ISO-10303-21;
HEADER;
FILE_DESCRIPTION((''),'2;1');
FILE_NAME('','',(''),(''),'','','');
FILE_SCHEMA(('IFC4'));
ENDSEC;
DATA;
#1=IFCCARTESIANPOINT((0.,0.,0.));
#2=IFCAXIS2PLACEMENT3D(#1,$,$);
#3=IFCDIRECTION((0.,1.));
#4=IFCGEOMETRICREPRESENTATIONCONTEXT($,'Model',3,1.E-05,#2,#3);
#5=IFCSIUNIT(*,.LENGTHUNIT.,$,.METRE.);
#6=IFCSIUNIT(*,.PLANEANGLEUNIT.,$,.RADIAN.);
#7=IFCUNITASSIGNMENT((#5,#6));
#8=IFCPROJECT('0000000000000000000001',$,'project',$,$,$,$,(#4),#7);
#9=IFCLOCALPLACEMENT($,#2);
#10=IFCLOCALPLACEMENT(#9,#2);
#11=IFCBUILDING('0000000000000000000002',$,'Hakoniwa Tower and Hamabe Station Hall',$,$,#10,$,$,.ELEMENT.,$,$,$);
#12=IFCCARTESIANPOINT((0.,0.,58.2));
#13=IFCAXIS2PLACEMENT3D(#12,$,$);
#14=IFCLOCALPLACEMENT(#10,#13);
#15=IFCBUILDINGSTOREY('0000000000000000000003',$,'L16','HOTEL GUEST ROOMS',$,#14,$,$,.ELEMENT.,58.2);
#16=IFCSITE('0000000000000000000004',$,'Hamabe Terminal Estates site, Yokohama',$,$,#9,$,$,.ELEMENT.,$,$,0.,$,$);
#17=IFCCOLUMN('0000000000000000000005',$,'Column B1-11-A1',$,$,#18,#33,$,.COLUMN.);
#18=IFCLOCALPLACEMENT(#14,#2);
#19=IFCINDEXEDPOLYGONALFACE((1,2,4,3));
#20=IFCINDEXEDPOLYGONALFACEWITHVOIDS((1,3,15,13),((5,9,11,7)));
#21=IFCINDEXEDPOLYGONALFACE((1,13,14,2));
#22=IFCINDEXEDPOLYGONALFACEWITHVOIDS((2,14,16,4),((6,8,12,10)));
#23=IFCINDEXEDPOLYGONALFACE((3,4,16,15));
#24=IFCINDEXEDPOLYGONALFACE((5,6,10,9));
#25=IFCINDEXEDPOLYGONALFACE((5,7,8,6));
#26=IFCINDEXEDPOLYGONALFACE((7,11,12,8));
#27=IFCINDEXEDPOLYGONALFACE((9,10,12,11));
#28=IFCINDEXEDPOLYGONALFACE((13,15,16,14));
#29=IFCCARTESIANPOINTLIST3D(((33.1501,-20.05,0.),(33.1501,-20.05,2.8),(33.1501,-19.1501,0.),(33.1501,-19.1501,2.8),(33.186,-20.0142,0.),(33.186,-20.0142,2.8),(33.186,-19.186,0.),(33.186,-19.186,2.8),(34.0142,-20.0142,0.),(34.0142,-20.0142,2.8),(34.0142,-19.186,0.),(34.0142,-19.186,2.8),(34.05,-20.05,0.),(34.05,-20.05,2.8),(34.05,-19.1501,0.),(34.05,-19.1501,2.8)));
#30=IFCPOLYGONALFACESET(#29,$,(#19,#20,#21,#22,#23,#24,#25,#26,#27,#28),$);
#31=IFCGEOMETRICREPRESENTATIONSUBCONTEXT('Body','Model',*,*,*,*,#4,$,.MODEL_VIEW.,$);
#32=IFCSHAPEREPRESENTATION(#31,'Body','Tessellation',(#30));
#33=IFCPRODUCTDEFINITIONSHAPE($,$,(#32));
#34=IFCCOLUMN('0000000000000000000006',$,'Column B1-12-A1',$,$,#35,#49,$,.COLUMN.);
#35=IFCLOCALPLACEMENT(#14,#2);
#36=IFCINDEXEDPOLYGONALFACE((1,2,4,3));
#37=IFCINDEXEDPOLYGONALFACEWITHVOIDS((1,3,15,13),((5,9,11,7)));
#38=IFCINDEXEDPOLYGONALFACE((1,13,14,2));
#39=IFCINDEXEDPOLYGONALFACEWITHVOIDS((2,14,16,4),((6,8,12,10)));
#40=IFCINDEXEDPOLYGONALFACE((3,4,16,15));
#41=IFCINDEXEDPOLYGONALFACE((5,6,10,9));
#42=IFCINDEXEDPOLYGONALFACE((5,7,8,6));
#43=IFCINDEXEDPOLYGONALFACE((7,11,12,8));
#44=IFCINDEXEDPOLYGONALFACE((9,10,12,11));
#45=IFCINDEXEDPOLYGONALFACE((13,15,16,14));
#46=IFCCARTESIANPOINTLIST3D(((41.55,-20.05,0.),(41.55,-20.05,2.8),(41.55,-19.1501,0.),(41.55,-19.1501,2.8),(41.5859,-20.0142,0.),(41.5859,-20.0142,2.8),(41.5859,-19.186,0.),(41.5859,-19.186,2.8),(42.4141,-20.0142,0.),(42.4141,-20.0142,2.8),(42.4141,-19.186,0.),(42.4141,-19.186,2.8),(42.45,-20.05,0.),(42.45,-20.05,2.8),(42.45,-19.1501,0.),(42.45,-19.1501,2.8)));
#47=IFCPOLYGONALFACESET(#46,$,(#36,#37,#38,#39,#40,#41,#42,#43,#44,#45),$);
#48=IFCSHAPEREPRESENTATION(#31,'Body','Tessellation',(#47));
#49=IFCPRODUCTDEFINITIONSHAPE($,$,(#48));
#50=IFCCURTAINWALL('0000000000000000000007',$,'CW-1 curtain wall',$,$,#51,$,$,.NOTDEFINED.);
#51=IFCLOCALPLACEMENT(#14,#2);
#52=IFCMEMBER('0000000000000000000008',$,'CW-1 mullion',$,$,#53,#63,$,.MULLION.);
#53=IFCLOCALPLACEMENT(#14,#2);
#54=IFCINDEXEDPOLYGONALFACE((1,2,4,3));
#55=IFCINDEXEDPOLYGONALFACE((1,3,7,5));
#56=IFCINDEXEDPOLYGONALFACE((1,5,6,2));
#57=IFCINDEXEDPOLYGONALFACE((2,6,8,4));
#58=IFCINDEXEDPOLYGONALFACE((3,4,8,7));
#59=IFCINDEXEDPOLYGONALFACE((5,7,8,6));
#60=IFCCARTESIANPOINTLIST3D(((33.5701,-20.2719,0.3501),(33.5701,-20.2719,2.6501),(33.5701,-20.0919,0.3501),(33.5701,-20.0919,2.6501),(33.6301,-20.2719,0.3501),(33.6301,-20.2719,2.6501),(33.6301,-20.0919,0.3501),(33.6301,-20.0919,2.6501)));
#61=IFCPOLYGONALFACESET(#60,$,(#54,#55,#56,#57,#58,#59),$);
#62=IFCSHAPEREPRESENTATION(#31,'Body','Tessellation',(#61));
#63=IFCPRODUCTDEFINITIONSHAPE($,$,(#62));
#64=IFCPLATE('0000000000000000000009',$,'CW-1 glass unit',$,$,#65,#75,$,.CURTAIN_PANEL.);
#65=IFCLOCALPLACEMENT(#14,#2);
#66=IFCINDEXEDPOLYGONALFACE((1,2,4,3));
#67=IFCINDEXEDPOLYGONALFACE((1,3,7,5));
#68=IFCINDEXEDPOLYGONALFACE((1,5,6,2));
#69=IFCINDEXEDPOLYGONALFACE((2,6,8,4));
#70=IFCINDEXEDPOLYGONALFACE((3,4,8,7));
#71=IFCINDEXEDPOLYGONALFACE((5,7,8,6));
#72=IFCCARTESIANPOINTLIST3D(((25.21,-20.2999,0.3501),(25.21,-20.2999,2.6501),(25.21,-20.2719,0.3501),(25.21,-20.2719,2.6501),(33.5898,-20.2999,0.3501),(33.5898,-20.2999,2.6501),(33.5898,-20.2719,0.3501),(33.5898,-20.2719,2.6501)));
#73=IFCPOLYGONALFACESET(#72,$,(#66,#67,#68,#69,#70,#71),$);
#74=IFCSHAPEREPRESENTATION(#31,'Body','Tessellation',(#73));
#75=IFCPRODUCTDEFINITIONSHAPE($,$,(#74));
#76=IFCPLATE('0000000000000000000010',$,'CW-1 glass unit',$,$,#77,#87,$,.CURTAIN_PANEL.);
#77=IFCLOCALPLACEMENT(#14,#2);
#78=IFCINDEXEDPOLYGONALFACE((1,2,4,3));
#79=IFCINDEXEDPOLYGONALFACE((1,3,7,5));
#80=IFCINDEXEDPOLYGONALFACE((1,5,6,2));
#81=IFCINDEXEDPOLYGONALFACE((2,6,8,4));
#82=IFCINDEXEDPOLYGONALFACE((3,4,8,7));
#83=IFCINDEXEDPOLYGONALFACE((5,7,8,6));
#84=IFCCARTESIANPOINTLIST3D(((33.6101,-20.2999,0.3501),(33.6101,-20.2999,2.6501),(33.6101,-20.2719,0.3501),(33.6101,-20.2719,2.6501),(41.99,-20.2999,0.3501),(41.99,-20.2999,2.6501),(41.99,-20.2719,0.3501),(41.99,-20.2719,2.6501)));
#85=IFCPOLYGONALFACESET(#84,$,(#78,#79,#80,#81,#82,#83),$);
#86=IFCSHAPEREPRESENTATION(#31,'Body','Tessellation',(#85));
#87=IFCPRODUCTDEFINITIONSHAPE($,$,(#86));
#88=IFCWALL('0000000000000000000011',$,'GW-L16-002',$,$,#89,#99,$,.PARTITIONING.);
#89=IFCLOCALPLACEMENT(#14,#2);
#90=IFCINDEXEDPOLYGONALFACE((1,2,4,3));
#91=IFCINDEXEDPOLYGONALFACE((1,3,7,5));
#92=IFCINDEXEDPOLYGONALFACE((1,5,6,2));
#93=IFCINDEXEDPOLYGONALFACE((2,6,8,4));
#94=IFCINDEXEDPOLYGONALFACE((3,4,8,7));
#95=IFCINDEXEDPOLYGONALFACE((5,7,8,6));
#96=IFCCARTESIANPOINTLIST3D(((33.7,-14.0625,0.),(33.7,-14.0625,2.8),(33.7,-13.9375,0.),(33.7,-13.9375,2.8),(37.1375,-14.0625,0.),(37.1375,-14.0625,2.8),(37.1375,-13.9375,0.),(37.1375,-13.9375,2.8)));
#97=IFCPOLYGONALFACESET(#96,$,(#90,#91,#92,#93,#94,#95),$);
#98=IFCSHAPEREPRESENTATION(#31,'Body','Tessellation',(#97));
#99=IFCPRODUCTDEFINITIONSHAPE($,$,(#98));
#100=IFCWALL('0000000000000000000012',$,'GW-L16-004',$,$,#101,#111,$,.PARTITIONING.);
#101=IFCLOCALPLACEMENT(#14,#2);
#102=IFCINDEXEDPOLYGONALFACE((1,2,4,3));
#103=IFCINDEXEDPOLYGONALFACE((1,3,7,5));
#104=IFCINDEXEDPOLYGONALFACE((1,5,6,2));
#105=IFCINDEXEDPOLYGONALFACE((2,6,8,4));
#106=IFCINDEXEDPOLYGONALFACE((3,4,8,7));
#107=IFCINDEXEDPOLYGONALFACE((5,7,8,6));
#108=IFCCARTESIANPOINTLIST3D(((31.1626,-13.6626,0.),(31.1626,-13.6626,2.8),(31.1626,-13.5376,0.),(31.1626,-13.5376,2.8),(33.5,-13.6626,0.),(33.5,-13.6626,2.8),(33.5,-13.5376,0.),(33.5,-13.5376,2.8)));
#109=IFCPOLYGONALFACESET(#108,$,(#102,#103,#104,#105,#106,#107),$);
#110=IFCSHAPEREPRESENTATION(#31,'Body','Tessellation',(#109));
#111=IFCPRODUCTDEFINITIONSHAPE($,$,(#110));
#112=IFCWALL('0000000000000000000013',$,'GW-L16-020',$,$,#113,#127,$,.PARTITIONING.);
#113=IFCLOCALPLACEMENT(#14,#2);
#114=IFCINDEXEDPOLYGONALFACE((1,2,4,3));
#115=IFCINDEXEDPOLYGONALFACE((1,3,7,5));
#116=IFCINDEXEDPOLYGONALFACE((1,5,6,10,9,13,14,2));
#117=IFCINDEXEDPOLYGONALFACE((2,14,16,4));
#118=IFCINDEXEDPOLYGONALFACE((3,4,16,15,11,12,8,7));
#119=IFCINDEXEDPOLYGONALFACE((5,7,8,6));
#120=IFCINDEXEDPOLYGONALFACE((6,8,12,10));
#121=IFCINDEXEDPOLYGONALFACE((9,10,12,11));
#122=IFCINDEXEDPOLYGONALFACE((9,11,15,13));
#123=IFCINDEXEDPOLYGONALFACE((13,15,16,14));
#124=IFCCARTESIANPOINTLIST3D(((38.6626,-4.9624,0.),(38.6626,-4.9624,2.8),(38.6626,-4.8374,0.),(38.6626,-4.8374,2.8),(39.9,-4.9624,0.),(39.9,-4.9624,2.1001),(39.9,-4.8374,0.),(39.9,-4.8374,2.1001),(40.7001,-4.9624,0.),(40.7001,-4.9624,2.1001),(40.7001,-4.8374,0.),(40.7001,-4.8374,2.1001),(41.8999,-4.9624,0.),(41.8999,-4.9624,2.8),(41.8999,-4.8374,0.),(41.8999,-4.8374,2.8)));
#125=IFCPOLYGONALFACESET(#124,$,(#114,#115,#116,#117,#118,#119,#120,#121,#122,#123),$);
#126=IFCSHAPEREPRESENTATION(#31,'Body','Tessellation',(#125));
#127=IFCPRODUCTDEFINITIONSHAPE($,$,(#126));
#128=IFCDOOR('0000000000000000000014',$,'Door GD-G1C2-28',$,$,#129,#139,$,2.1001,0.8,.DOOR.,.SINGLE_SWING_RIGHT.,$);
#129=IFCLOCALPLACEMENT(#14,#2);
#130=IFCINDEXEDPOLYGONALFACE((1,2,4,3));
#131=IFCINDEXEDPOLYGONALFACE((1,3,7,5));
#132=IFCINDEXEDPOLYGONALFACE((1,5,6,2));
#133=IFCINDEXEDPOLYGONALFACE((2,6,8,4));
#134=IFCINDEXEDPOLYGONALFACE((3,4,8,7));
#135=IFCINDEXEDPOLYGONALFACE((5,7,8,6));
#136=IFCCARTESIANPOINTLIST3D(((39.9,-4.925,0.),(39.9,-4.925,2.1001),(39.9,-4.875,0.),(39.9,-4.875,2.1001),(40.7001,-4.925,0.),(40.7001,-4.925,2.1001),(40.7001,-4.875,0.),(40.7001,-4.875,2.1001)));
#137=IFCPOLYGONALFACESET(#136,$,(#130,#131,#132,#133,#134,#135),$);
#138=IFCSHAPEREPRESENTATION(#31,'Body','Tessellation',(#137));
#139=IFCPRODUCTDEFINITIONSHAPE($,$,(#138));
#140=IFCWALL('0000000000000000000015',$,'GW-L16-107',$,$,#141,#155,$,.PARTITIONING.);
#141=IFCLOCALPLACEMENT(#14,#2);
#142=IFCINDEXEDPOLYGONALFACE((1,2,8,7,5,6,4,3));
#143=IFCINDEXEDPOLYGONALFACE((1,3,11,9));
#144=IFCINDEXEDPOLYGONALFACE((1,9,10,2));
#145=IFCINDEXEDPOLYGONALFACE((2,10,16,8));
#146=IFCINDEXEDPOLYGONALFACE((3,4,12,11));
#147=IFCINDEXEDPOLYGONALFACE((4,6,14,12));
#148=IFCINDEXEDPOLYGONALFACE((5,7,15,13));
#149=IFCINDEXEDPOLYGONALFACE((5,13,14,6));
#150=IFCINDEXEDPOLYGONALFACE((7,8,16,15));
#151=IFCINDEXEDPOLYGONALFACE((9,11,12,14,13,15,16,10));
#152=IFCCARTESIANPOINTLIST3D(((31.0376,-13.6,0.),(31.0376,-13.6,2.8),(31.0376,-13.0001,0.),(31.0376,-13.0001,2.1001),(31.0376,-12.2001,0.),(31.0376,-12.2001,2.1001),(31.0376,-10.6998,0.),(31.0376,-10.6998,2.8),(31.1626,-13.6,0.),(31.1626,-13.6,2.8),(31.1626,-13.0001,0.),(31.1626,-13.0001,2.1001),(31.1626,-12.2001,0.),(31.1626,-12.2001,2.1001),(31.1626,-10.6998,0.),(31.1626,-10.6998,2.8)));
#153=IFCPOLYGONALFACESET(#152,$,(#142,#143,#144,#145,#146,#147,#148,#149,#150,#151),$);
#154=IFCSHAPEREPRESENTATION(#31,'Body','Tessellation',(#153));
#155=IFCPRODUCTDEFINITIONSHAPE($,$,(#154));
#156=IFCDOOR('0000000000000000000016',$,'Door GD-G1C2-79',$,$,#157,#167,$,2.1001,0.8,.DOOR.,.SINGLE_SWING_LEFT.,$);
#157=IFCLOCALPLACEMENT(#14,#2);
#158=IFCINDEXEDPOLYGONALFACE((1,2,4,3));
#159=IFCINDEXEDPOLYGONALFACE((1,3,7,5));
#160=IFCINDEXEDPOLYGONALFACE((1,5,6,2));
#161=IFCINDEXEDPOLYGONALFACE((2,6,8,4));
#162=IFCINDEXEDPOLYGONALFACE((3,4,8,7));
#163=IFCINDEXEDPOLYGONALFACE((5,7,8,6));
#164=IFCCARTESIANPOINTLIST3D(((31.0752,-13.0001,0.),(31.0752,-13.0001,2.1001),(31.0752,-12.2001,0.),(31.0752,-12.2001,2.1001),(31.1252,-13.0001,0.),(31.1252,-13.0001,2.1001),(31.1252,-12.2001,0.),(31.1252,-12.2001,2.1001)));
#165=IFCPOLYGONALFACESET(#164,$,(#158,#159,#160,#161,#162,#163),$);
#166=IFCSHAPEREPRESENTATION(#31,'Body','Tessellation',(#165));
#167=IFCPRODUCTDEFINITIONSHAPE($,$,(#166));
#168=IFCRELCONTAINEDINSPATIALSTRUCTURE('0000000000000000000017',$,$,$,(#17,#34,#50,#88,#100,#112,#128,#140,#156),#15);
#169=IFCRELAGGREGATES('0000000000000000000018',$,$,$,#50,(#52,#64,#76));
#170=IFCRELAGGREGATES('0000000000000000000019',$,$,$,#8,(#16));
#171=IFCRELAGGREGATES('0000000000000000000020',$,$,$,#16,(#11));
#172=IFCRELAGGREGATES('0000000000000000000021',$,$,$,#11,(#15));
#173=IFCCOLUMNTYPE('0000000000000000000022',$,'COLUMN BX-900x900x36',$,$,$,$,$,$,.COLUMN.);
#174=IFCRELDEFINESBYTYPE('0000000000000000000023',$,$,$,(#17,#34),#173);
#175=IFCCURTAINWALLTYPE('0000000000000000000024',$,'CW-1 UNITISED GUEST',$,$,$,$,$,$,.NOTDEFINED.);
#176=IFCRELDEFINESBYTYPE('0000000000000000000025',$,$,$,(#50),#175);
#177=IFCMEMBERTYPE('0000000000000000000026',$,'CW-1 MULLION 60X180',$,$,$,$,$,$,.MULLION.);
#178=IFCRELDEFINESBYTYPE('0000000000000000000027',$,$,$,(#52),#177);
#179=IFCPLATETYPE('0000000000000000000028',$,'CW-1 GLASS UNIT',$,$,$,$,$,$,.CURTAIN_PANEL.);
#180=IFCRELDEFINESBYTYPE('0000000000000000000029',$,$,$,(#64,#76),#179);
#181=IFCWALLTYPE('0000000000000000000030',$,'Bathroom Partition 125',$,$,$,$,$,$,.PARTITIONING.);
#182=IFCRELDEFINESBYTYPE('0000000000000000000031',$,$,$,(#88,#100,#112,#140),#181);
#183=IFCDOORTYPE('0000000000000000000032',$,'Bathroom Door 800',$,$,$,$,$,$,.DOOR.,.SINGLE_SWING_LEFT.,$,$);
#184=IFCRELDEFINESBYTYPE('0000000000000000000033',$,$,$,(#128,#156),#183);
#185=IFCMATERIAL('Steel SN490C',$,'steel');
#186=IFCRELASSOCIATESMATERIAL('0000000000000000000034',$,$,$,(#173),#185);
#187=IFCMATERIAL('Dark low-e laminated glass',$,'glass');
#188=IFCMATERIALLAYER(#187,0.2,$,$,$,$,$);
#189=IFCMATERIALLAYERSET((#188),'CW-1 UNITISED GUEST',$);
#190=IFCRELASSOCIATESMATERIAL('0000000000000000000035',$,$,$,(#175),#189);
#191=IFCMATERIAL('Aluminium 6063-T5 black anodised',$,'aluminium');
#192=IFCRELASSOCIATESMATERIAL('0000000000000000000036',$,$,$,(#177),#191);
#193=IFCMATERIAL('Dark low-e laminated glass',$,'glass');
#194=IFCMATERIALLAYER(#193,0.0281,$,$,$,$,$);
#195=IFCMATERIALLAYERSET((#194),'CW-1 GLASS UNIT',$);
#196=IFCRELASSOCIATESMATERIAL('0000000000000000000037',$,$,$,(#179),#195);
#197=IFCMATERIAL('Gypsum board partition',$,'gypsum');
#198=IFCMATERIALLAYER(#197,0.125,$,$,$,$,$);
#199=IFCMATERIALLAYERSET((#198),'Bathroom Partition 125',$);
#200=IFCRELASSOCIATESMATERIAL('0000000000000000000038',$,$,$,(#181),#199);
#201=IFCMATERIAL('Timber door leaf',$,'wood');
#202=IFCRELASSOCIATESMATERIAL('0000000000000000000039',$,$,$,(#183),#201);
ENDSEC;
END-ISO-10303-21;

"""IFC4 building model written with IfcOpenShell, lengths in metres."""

from ifc_helpers import new_model, si_unit, direction, frame, frame_2d, origin, origin_2d, place, context, subcontext, project, spatial, rectangle, hollow_rectangle, extrude, material, layer, layer_set, material_profile, profile_set, type_object, element, fill, aggregate, save


model = new_model("IFC4")

# Units and contexts
model_context = context("Model", 3, precision=1e-05, world=origin(), true_north=direction((0.0, 1.0)))
body_context = subcontext(model_context, "Body", "Model", "MODEL_VIEW")
ifc_project = project(units=[si_unit("LENGTHUNIT", "METRE"), si_unit("PLANEANGLEUNIT", "RADIAN")], contexts=[model_context])

# Site, building, storey
site_placement = place(None, origin())
site = spatial("IfcSite", under=ifc_project, at=site_placement, Name="Hamabe Terminal Estates site, Yokohama", CompositionType="ELEMENT", RefElevation=0.0)
building_placement = place(site_placement, origin())
building = spatial("IfcBuilding", under=site, at=building_placement, Name="Hakoniwa Tower and Hamabe Station Hall", CompositionType="ELEMENT")
storey_placement = place(building_placement, frame((0.0, 0.0, 58.2)))
storey = spatial("IfcBuildingStorey", under=building, at=storey_placement, Name="L16", Description="HOTEL GUEST ROOMS", CompositionType="ELEMENT", Elevation=58.2)

# Columns
ifc_material_1 = material(Name="Steel SN490C", Category="steel")
ifc_material_profile_1 = material_profile(ifc_material_1, hollow_rectangle(XDim=0.8999, YDim=0.8999, WallThickness=0.0359, at=origin_2d()), Name="BX-900x900x36")
ifc_profile_set_1 = profile_set([ifc_material_profile_1], Name="Steel SN490C")
column_type = type_object("IfcColumnType", Name="COLUMN BX-900x900x36", PredefinedType="COLUMN", material=ifc_profile_set_1)
for number, where, z_axis, x_axis, name in (
    (1, (33.6001, -19.6001, 0.0), (0.0, 0.0, 1.0), (1.0, 0.0, 0.0), "Column B1-11-A1"),
    (2, (42.0, -19.6001, 0.0), (0.0, 0.0, 1.0), (1.0, 0.0, 0.0), "Column B1-12-A1"),
):
    element("IfcColumn", number, at=place(storey_placement, frame(where, z_axis=z_axis, x_axis=x_axis)), inside=storey, type_object=column_type, Name=name, PredefinedType="COLUMN", context=body_context, shape_type="SweptSolid", body=[
        extrude(hollow_rectangle(XDim=0.8999, YDim=0.8999, WallThickness=0.0359, at=origin_2d()), origin(), (0.0, 0.0, 1.0), 2.8),
    ])

# Curtain wall, member, plates
ifc_material_2 = material(Name="Dark low-e laminated glass", Category="glass")
ifc_layer_1 = layer(ifc_material_2, 0.2)
ifc_layer_set_1 = layer_set([ifc_layer_1], Name="CW-1 UNITISED GUEST")
curtain_wall_type = type_object("IfcCurtainWallType", Name="CW-1 UNITISED GUEST", PredefinedType="NOTDEFINED", material=ifc_layer_set_1)
curtain_wall_placement = place(storey_placement, origin())
curtain_wall = element("IfcCurtainWall", 3, at=curtain_wall_placement, inside=storey, type_object=curtain_wall_type, Name="CW-1 curtain wall", PredefinedType="NOTDEFINED")
ifc_material_3 = material(Name="Aluminium 6063-T5 black anodised", Category="aluminium")
ifc_material_profile_2 = material_profile(ifc_material_3, rectangle(XDim=0.0601, YDim=0.1799, at=origin_2d()), Name="CW-1 MULLION 60X180")
ifc_profile_set_2 = profile_set([ifc_material_profile_2], Name="Aluminium 6063-T5 black anodised")
member_type = type_object("IfcMemberType", Name="CW-1 MULLION 60X180", PredefinedType="MULLION", material=ifc_profile_set_2)
member_placement = place(storey_placement, frame((33.6001, -20.1819, 0.3501), z_axis=(0.0, 0.0, 1.0), x_axis=(1.0, 0.0, 0.0)))
member = element("IfcMember", 4, at=member_placement, type_object=member_type, Name="CW-1 mullion", PredefinedType="MULLION", context=body_context, shape_type="SweptSolid", body=[
    extrude(rectangle(XDim=0.0601, YDim=0.1799, at=origin_2d()), origin(), (0.0, 0.0, 1.0), 2.3),
])
ifc_material_4 = material(Name="Dark low-e laminated glass", Category="glass")
ifc_layer_2 = layer(ifc_material_4, 0.0281)
ifc_layer_set_2 = layer_set([ifc_layer_2], Name="CW-1 GLASS UNIT")
plate_type = type_object("IfcPlateType", Name="CW-1 GLASS UNIT", PredefinedType="CURTAIN_PANEL", material=ifc_layer_set_2)
plate_1_placement = place(storey_placement, frame((29.3999, -20.2859, 0.3501), z_axis=(0.0, 0.0, 1.0), x_axis=(1.0, 0.0, 0.0)))
plate_1 = element("IfcPlate", 5, at=plate_1_placement, type_object=plate_type, Name="CW-1 glass unit", PredefinedType="CURTAIN_PANEL", context=body_context, shape_type="SweptSolid", body=[
    extrude(rectangle(XDim=8.3799, YDim=0.0281, at=origin_2d()), origin(), (0.0, 0.0, 1.0), 2.3),
])
plate_2_placement = place(storey_placement, frame((37.8, -20.2859, 0.3501), z_axis=(0.0, 0.0, 1.0), x_axis=(1.0, 0.0, 0.0)))
plate_2 = element("IfcPlate", 6, at=plate_2_placement, type_object=plate_type, Name="CW-1 glass unit", PredefinedType="CURTAIN_PANEL", context=body_context, shape_type="SweptSolid", body=[
    extrude(rectangle(XDim=8.3799, YDim=0.0281, at=origin_2d()), origin(), (0.0, 0.0, 1.0), 2.3),
])
aggregate(curtain_wall, [member, plate_1, plate_2])

# Walls
ifc_material_5 = material(Name="Gypsum board partition", Category="gypsum")
ifc_layer_3 = layer(ifc_material_5, 0.125)
ifc_layer_set_3 = layer_set([ifc_layer_3], Name="Bathroom Partition 125")
wall_type_1 = type_object("IfcWallType", Name="Bathroom Partition 125", PredefinedType="PARTITIONING", material=ifc_layer_set_3)
wall_1_placement = place(storey_placement, frame((33.7, -14.0, 0.0), z_axis=(0.0, 0.0, 1.0), x_axis=(1.0, 0.0, 0.0)))
element("IfcWall", 7, at=wall_1_placement, inside=storey, type_object=wall_type_1, Name="GW-L16-002", PredefinedType="PARTITIONING", context=body_context, shape_type="SweptSolid", body=[
    extrude(rectangle(XDim=3.4375, YDim=0.125, at=frame_2d((1.7188, 0.0))), origin(), (0.0, 0.0, 1.0), 2.8),
])
wall_2_placement = place(storey_placement, frame((31.1626, -13.6001, 0.0), z_axis=(0.0, 0.0, 1.0), x_axis=(1.0, 0.0, 0.0)))
element("IfcWall", 8, at=wall_2_placement, inside=storey, type_object=wall_type_1, Name="GW-L16-004", PredefinedType="PARTITIONING", context=body_context, shape_type="SweptSolid", body=[
    extrude(rectangle(XDim=2.3374, YDim=0.125, at=frame_2d((1.1687, 0.0))), origin(), (0.0, 0.0, 1.0), 2.8),
])

# Walls, openings, doors
wall_3_placement = place(storey_placement, frame((38.6626, -4.8999, 0.0), z_axis=(0.0, 0.0, 1.0), x_axis=(1.0, 0.0, 0.0)))
wall_3 = element("IfcWall", 9, at=wall_3_placement, inside=storey, type_object=wall_type_1, Name="GW-L16-020", PredefinedType="PARTITIONING", context=body_context, shape_type="SweptSolid", body=[
    extrude(rectangle(XDim=3.2373, YDim=0.125, at=frame_2d((1.6187, 0.0))), origin(), (0.0, 0.0, 1.0), 2.8),
])
opening_1_placement = place(wall_3_placement, frame((1.2375, 0.0, 0.0)))
opening_1 = element("IfcOpeningElement", 10, at=opening_1_placement, cuts=wall_3, PredefinedType="OPENING", context=body_context, shape_type="SweptSolid", body=[
    extrude(rectangle(XDim=0.8, YDim=2.1001, at=frame_2d((0.3999, 1.05))), frame((0.0, 0.0725, 0.0), z_axis=(0.0, -1.0, 0.0), x_axis=(1.0, 0.0, 0.0)), (0.0, 0.0, 1.0), 0.145),
])
ifc_material_6 = material(Name="Timber door leaf", Category="wood")
door_type_1 = type_object("IfcDoorType", Name="Bathroom Door 800", OperationType="SINGLE_SWING_LEFT", PredefinedType="DOOR", material=ifc_material_6)
door_1_placement = place(opening_1_placement, origin())
door_1 = element("IfcDoor", 11, at=door_1_placement, inside=storey, type_object=door_type_1, Name="Door GD-G1C2-28", OperationType="SINGLE_SWING_RIGHT", OverallHeight=2.1001, OverallWidth=0.8, PredefinedType="DOOR", context=body_context, shape_type="SweptSolid", body=[
    extrude(rectangle(XDim=0.8, YDim=2.1001, at=frame_2d((0.3999, 1.05))), frame((0.0, 0.0249, 0.0), z_axis=(0.0, -1.0, 0.0), x_axis=(1.0, 0.0, 0.0)), (0.0, 0.0, 1.0), 0.05),
])
fill(opening_1, door_1)
wall_4_placement = place(storey_placement, frame((31.1001, -13.6001, 0.0), z_axis=(0.0, 0.0, 1.0), x_axis=(0.0, 1.0, 0.0)))
wall_4 = element("IfcWall", 12, at=wall_4_placement, inside=storey, type_object=wall_type_1, Name="GW-L16-107", PredefinedType="PARTITIONING", context=body_context, shape_type="SweptSolid", body=[
    extrude(rectangle(XDim=2.9001, YDim=0.125, at=frame_2d((1.4502, 0.0))), origin(), (0.0, 0.0, 1.0), 2.8),
])
opening_2_placement = place(wall_4_placement, frame((0.6001, 0.0, 0.0)))
opening_2 = element("IfcOpeningElement", 13, at=opening_2_placement, cuts=wall_4, PredefinedType="OPENING", context=body_context, shape_type="SweptSolid", body=[
    extrude(rectangle(XDim=0.8, YDim=2.1001, at=frame_2d((0.3999, 1.05))), frame((0.0, 0.0725, 0.0), z_axis=(0.0, -1.0, 0.0), x_axis=(1.0, 0.0, 0.0)), (0.0, 0.0, 1.0), 0.145),
])
door_2_placement = place(opening_2_placement, origin())
door_2 = element("IfcDoor", 14, at=door_2_placement, inside=storey, type_object=door_type_1, Name="Door GD-G1C2-79", OperationType="SINGLE_SWING_LEFT", OverallHeight=2.1001, OverallWidth=0.8, PredefinedType="DOOR", context=body_context, shape_type="SweptSolid", body=[
    extrude(rectangle(XDim=0.8, YDim=2.1001, at=frame_2d((0.3999, 1.05))), frame((0.0, 0.0249, 0.0), z_axis=(0.0, -1.0, 0.0), x_axis=(1.0, 0.0, 0.0)), (0.0, 0.0, 1.0), 0.05),
])
fill(opening_2, door_2)

save(model, "model.ifc")
